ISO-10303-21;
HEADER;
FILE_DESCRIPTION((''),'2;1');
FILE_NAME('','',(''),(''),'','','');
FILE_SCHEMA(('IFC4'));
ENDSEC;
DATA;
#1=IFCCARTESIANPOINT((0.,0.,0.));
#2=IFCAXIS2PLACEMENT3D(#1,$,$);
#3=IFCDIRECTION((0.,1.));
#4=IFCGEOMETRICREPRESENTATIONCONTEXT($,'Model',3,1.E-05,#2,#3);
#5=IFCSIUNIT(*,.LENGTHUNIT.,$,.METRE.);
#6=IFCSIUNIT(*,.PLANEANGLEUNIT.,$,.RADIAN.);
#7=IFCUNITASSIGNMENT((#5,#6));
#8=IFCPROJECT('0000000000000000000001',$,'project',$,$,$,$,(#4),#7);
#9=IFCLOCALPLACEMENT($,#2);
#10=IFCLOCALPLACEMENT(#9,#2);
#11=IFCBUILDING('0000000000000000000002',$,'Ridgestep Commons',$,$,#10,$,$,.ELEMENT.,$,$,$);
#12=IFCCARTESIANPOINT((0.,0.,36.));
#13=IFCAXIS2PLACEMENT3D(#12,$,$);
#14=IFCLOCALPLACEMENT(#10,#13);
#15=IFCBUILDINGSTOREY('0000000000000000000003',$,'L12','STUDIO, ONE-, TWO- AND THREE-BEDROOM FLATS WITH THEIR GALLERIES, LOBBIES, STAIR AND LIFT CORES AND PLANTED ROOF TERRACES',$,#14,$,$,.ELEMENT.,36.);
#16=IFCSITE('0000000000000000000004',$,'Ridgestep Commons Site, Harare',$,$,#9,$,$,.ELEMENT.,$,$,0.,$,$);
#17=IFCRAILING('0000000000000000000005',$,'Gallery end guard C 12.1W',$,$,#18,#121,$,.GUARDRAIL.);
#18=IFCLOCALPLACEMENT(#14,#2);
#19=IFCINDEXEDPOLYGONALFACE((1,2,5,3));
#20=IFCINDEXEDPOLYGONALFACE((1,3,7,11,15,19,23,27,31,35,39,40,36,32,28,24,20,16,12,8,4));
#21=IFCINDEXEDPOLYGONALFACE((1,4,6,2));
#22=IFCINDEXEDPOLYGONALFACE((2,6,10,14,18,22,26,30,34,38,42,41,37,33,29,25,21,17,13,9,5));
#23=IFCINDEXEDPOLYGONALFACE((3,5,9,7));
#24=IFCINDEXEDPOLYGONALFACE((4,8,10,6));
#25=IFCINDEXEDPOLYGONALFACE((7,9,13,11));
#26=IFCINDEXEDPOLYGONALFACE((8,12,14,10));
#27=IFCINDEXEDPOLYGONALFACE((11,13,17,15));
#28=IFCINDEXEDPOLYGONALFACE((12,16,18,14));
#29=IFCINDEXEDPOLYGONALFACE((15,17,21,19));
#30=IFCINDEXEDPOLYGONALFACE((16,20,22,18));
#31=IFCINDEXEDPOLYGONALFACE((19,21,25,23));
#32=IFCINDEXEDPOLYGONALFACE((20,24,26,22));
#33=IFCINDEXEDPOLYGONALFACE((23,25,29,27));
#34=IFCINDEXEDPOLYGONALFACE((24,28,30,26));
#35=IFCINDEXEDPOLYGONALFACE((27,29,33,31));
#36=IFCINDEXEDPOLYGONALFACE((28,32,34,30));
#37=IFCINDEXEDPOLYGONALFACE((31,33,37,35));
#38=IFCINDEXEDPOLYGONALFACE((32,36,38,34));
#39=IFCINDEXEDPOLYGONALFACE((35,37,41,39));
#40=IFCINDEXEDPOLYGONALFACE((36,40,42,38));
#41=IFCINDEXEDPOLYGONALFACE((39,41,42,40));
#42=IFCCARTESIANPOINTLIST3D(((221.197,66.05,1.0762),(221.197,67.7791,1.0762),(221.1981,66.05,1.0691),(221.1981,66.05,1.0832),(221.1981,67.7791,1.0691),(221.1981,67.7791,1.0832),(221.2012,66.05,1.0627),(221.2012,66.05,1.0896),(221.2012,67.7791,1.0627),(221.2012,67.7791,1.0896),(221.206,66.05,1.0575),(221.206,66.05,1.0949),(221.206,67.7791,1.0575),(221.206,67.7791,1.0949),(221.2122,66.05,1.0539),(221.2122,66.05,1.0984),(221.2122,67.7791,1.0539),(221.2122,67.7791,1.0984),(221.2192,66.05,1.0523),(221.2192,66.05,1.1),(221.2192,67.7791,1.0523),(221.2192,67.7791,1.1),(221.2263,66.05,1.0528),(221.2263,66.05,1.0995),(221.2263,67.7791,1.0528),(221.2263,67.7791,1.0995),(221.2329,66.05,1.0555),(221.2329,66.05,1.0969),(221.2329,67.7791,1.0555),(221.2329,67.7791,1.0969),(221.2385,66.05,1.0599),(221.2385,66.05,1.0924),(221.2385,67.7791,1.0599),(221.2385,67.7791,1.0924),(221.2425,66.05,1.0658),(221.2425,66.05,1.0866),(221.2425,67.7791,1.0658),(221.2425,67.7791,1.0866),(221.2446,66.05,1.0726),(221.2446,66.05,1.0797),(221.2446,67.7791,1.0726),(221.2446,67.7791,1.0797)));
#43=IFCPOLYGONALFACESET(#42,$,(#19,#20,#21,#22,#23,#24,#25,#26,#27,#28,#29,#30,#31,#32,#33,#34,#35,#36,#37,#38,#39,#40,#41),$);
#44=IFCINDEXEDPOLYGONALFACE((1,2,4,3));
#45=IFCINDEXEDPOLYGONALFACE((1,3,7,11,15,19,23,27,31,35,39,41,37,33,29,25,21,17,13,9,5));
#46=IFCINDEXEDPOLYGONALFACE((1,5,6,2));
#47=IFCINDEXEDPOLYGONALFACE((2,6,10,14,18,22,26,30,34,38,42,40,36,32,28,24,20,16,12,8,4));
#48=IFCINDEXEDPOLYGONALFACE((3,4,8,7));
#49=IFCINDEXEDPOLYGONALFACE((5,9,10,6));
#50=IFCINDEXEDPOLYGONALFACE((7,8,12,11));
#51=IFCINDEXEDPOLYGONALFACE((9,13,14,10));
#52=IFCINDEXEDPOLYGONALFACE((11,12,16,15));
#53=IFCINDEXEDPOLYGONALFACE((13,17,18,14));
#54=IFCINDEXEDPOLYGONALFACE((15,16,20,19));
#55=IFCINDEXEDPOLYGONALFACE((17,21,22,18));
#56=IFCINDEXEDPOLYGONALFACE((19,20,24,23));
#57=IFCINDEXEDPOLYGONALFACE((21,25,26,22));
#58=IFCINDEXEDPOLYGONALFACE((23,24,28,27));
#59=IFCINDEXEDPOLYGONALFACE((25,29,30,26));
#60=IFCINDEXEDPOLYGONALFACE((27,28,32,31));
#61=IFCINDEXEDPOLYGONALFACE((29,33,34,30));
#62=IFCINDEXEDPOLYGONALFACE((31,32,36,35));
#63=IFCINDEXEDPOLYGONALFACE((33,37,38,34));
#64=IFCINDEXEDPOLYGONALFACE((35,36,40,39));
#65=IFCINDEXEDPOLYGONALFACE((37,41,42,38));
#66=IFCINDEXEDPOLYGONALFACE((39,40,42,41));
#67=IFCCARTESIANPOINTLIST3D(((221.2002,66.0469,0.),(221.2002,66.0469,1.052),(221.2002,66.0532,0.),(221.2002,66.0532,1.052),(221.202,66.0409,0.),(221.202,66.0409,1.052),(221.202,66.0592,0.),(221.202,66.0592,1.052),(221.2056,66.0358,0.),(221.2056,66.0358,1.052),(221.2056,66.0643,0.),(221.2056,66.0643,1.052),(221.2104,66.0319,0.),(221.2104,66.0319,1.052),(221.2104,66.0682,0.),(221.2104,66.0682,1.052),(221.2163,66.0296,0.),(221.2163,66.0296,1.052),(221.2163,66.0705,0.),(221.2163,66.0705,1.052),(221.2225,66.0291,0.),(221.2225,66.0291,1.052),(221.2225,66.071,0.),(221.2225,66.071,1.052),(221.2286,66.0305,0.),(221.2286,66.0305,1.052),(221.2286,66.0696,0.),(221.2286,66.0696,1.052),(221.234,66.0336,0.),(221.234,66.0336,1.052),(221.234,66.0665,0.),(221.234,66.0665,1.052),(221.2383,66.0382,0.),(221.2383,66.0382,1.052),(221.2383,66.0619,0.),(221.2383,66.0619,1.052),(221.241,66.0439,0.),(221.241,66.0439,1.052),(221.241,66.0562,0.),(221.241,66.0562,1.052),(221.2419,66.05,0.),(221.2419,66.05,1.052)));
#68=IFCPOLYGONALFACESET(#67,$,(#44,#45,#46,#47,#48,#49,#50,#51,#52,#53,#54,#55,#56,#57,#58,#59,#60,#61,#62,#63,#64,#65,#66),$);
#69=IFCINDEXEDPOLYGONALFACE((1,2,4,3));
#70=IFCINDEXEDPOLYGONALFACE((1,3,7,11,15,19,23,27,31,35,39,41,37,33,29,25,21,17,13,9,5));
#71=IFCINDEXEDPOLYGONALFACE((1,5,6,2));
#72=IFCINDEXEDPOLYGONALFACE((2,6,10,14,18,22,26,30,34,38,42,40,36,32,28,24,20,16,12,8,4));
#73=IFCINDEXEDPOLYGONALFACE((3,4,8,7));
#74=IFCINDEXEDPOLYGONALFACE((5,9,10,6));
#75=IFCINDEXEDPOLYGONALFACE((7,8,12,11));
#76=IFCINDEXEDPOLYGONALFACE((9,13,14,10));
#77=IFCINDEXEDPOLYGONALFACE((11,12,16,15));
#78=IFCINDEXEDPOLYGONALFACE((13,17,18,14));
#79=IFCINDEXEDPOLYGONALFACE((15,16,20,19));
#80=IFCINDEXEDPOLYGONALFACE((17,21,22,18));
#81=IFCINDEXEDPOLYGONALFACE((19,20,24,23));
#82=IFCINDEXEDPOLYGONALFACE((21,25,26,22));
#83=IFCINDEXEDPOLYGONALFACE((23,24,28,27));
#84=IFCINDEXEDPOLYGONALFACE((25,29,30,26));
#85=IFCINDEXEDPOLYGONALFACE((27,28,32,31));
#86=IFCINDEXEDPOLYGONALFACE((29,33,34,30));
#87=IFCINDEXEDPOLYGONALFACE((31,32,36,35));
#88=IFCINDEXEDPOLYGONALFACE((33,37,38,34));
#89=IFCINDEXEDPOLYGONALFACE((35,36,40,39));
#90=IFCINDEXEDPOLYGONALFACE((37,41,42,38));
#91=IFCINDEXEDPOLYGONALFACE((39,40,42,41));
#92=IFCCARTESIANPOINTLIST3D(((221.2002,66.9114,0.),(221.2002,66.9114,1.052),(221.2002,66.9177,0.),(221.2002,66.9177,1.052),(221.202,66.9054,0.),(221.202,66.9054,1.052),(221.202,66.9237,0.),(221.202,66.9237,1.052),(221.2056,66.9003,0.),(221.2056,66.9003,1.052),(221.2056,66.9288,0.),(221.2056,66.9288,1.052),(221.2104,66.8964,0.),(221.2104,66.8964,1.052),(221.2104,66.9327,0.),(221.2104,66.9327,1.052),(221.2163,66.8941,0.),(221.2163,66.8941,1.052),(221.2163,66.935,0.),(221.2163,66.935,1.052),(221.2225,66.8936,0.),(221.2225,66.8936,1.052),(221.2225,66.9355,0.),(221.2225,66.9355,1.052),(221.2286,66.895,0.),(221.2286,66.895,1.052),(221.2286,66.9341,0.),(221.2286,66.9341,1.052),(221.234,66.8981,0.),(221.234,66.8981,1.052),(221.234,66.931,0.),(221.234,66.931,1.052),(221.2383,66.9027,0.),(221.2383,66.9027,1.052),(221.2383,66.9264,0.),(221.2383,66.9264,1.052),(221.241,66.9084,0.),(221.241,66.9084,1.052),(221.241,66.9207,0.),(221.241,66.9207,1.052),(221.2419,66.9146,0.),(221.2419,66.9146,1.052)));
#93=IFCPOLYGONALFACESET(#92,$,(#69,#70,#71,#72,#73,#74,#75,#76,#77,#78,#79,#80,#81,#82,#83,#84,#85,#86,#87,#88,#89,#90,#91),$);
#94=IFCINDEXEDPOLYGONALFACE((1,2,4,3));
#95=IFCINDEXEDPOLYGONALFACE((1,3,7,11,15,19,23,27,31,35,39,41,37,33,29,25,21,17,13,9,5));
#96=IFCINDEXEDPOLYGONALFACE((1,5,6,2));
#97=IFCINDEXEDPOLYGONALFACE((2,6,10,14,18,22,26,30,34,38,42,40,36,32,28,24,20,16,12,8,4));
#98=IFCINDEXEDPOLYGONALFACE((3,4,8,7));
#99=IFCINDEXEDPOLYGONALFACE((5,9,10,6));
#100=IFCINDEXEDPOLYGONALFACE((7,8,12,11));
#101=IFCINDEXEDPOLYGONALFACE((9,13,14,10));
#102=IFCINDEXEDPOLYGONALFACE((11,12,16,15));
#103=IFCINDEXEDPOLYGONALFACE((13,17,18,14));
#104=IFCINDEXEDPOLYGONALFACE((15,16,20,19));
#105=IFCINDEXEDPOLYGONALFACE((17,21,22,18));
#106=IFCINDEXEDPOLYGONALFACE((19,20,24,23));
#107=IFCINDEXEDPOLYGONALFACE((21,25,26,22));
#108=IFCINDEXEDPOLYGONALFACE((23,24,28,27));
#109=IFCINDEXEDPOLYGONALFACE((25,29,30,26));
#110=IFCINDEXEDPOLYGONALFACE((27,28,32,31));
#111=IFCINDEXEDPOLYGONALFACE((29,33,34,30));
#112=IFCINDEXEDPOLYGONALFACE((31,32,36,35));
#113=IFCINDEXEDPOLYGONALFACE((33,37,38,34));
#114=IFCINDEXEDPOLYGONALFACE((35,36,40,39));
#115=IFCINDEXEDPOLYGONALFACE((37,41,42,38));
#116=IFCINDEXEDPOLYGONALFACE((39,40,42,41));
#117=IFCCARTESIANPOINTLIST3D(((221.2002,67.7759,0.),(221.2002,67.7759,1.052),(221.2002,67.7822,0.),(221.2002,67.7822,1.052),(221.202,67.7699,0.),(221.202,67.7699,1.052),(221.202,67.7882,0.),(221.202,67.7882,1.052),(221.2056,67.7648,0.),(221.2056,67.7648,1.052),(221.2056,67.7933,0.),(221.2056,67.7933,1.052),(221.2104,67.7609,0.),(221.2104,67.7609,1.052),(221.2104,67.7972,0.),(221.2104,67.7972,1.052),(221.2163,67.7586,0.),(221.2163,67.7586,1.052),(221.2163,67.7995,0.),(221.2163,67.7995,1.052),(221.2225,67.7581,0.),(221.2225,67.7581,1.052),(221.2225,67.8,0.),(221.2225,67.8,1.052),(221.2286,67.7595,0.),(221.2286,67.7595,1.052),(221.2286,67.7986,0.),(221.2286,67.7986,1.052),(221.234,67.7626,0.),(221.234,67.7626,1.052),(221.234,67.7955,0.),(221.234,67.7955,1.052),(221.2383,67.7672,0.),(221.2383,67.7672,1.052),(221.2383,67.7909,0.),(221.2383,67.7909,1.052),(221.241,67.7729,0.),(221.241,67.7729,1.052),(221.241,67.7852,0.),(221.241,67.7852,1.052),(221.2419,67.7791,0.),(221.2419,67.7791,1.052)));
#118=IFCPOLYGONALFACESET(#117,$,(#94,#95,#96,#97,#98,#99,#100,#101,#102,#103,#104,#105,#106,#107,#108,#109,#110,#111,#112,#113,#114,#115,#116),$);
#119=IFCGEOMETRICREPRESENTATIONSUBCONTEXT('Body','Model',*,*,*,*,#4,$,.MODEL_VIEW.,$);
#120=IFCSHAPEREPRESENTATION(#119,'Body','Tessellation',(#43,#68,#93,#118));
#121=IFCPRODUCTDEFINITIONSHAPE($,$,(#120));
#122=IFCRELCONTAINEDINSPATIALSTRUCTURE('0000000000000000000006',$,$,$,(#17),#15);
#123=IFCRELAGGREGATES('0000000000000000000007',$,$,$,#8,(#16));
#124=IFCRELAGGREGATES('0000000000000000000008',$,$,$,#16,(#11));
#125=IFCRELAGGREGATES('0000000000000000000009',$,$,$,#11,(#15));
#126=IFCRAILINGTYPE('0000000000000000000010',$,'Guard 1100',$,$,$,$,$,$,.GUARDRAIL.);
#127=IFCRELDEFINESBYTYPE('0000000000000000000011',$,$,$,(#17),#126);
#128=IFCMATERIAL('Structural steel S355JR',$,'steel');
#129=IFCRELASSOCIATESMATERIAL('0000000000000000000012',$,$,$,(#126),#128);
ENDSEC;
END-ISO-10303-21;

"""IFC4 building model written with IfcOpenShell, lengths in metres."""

from ifc_helpers import new_model, si_unit, direction, frame, origin, origin_2d, place, context, subcontext, project, spatial, circle, extrude, material, type_object, element, save


model = new_model("IFC4")

# Units and contexts
model_context = context("Model", 3, precision=1e-05, world=origin(), true_north=direction((0.0, 1.0)))
body_context = subcontext(model_context, "Body", "Model", "MODEL_VIEW")
ifc_project = project(units=[si_unit("LENGTHUNIT", "METRE"), si_unit("PLANEANGLEUNIT", "RADIAN")], contexts=[model_context])

# Site, building, storey
site_placement = place(None, origin())
site = spatial("IfcSite", under=ifc_project, at=site_placement, Name="Ridgestep Commons Site, Harare", CompositionType="ELEMENT", RefElevation=0.0)
building_placement = place(site_placement, origin())
building = spatial("IfcBuilding", under=site, at=building_placement, Name="Ridgestep Commons", CompositionType="ELEMENT")
storey_placement = place(building_placement, frame((0.0, 0.0, 36.0)))
storey = spatial("IfcBuildingStorey", under=building, at=storey_placement, Name="L12", Description="STUDIO, ONE-, TWO- AND THREE-BEDROOM FLATS WITH THEIR GALLERIES, LOBBIES, STAIR AND LIFT CORES AND PLANTED ROOF TERRACES", CompositionType="ELEMENT", Elevation=36.0)

# Railing
ifc_material_1 = material(Name="Structural steel S355JR", Category="steel")
railing_type = type_object("IfcRailingType", Name="Guard 1100", PredefinedType="GUARDRAIL", material=ifc_material_1)
railing_1_placement = place(storey_placement, frame((221.2209, 66.05, 0.0)))
element("IfcRailing", 1, at=railing_1_placement, inside=storey, type_object=railing_type, Name="Gallery end guard C 12.1W", PredefinedType="GUARDRAIL", context=body_context, shape_type="SweptSolid", body=[
    extrude(circle(Radius=0.0239, at=origin_2d()), frame((0.0, 0.0, 1.0762), z_axis=(0.0, 1.0, 0.0), x_axis=(-1.0, 0.0, 0.0)), (0.0, 0.0, 1.0), 1.729),
    extrude(circle(Radius=0.021, at=origin_2d()), origin(), (0.0, 0.0, 1.0), 1.052),
    extrude(circle(Radius=0.021, at=origin_2d()), frame((0.0, 0.8645, 0.0)), (0.0, 0.0, 1.0), 1.052),
    extrude(circle(Radius=0.021, at=origin_2d()), frame((0.0, 1.729, 0.0)), (0.0, 0.0, 1.0), 1.052),
])

save(model, "model.ifc")
